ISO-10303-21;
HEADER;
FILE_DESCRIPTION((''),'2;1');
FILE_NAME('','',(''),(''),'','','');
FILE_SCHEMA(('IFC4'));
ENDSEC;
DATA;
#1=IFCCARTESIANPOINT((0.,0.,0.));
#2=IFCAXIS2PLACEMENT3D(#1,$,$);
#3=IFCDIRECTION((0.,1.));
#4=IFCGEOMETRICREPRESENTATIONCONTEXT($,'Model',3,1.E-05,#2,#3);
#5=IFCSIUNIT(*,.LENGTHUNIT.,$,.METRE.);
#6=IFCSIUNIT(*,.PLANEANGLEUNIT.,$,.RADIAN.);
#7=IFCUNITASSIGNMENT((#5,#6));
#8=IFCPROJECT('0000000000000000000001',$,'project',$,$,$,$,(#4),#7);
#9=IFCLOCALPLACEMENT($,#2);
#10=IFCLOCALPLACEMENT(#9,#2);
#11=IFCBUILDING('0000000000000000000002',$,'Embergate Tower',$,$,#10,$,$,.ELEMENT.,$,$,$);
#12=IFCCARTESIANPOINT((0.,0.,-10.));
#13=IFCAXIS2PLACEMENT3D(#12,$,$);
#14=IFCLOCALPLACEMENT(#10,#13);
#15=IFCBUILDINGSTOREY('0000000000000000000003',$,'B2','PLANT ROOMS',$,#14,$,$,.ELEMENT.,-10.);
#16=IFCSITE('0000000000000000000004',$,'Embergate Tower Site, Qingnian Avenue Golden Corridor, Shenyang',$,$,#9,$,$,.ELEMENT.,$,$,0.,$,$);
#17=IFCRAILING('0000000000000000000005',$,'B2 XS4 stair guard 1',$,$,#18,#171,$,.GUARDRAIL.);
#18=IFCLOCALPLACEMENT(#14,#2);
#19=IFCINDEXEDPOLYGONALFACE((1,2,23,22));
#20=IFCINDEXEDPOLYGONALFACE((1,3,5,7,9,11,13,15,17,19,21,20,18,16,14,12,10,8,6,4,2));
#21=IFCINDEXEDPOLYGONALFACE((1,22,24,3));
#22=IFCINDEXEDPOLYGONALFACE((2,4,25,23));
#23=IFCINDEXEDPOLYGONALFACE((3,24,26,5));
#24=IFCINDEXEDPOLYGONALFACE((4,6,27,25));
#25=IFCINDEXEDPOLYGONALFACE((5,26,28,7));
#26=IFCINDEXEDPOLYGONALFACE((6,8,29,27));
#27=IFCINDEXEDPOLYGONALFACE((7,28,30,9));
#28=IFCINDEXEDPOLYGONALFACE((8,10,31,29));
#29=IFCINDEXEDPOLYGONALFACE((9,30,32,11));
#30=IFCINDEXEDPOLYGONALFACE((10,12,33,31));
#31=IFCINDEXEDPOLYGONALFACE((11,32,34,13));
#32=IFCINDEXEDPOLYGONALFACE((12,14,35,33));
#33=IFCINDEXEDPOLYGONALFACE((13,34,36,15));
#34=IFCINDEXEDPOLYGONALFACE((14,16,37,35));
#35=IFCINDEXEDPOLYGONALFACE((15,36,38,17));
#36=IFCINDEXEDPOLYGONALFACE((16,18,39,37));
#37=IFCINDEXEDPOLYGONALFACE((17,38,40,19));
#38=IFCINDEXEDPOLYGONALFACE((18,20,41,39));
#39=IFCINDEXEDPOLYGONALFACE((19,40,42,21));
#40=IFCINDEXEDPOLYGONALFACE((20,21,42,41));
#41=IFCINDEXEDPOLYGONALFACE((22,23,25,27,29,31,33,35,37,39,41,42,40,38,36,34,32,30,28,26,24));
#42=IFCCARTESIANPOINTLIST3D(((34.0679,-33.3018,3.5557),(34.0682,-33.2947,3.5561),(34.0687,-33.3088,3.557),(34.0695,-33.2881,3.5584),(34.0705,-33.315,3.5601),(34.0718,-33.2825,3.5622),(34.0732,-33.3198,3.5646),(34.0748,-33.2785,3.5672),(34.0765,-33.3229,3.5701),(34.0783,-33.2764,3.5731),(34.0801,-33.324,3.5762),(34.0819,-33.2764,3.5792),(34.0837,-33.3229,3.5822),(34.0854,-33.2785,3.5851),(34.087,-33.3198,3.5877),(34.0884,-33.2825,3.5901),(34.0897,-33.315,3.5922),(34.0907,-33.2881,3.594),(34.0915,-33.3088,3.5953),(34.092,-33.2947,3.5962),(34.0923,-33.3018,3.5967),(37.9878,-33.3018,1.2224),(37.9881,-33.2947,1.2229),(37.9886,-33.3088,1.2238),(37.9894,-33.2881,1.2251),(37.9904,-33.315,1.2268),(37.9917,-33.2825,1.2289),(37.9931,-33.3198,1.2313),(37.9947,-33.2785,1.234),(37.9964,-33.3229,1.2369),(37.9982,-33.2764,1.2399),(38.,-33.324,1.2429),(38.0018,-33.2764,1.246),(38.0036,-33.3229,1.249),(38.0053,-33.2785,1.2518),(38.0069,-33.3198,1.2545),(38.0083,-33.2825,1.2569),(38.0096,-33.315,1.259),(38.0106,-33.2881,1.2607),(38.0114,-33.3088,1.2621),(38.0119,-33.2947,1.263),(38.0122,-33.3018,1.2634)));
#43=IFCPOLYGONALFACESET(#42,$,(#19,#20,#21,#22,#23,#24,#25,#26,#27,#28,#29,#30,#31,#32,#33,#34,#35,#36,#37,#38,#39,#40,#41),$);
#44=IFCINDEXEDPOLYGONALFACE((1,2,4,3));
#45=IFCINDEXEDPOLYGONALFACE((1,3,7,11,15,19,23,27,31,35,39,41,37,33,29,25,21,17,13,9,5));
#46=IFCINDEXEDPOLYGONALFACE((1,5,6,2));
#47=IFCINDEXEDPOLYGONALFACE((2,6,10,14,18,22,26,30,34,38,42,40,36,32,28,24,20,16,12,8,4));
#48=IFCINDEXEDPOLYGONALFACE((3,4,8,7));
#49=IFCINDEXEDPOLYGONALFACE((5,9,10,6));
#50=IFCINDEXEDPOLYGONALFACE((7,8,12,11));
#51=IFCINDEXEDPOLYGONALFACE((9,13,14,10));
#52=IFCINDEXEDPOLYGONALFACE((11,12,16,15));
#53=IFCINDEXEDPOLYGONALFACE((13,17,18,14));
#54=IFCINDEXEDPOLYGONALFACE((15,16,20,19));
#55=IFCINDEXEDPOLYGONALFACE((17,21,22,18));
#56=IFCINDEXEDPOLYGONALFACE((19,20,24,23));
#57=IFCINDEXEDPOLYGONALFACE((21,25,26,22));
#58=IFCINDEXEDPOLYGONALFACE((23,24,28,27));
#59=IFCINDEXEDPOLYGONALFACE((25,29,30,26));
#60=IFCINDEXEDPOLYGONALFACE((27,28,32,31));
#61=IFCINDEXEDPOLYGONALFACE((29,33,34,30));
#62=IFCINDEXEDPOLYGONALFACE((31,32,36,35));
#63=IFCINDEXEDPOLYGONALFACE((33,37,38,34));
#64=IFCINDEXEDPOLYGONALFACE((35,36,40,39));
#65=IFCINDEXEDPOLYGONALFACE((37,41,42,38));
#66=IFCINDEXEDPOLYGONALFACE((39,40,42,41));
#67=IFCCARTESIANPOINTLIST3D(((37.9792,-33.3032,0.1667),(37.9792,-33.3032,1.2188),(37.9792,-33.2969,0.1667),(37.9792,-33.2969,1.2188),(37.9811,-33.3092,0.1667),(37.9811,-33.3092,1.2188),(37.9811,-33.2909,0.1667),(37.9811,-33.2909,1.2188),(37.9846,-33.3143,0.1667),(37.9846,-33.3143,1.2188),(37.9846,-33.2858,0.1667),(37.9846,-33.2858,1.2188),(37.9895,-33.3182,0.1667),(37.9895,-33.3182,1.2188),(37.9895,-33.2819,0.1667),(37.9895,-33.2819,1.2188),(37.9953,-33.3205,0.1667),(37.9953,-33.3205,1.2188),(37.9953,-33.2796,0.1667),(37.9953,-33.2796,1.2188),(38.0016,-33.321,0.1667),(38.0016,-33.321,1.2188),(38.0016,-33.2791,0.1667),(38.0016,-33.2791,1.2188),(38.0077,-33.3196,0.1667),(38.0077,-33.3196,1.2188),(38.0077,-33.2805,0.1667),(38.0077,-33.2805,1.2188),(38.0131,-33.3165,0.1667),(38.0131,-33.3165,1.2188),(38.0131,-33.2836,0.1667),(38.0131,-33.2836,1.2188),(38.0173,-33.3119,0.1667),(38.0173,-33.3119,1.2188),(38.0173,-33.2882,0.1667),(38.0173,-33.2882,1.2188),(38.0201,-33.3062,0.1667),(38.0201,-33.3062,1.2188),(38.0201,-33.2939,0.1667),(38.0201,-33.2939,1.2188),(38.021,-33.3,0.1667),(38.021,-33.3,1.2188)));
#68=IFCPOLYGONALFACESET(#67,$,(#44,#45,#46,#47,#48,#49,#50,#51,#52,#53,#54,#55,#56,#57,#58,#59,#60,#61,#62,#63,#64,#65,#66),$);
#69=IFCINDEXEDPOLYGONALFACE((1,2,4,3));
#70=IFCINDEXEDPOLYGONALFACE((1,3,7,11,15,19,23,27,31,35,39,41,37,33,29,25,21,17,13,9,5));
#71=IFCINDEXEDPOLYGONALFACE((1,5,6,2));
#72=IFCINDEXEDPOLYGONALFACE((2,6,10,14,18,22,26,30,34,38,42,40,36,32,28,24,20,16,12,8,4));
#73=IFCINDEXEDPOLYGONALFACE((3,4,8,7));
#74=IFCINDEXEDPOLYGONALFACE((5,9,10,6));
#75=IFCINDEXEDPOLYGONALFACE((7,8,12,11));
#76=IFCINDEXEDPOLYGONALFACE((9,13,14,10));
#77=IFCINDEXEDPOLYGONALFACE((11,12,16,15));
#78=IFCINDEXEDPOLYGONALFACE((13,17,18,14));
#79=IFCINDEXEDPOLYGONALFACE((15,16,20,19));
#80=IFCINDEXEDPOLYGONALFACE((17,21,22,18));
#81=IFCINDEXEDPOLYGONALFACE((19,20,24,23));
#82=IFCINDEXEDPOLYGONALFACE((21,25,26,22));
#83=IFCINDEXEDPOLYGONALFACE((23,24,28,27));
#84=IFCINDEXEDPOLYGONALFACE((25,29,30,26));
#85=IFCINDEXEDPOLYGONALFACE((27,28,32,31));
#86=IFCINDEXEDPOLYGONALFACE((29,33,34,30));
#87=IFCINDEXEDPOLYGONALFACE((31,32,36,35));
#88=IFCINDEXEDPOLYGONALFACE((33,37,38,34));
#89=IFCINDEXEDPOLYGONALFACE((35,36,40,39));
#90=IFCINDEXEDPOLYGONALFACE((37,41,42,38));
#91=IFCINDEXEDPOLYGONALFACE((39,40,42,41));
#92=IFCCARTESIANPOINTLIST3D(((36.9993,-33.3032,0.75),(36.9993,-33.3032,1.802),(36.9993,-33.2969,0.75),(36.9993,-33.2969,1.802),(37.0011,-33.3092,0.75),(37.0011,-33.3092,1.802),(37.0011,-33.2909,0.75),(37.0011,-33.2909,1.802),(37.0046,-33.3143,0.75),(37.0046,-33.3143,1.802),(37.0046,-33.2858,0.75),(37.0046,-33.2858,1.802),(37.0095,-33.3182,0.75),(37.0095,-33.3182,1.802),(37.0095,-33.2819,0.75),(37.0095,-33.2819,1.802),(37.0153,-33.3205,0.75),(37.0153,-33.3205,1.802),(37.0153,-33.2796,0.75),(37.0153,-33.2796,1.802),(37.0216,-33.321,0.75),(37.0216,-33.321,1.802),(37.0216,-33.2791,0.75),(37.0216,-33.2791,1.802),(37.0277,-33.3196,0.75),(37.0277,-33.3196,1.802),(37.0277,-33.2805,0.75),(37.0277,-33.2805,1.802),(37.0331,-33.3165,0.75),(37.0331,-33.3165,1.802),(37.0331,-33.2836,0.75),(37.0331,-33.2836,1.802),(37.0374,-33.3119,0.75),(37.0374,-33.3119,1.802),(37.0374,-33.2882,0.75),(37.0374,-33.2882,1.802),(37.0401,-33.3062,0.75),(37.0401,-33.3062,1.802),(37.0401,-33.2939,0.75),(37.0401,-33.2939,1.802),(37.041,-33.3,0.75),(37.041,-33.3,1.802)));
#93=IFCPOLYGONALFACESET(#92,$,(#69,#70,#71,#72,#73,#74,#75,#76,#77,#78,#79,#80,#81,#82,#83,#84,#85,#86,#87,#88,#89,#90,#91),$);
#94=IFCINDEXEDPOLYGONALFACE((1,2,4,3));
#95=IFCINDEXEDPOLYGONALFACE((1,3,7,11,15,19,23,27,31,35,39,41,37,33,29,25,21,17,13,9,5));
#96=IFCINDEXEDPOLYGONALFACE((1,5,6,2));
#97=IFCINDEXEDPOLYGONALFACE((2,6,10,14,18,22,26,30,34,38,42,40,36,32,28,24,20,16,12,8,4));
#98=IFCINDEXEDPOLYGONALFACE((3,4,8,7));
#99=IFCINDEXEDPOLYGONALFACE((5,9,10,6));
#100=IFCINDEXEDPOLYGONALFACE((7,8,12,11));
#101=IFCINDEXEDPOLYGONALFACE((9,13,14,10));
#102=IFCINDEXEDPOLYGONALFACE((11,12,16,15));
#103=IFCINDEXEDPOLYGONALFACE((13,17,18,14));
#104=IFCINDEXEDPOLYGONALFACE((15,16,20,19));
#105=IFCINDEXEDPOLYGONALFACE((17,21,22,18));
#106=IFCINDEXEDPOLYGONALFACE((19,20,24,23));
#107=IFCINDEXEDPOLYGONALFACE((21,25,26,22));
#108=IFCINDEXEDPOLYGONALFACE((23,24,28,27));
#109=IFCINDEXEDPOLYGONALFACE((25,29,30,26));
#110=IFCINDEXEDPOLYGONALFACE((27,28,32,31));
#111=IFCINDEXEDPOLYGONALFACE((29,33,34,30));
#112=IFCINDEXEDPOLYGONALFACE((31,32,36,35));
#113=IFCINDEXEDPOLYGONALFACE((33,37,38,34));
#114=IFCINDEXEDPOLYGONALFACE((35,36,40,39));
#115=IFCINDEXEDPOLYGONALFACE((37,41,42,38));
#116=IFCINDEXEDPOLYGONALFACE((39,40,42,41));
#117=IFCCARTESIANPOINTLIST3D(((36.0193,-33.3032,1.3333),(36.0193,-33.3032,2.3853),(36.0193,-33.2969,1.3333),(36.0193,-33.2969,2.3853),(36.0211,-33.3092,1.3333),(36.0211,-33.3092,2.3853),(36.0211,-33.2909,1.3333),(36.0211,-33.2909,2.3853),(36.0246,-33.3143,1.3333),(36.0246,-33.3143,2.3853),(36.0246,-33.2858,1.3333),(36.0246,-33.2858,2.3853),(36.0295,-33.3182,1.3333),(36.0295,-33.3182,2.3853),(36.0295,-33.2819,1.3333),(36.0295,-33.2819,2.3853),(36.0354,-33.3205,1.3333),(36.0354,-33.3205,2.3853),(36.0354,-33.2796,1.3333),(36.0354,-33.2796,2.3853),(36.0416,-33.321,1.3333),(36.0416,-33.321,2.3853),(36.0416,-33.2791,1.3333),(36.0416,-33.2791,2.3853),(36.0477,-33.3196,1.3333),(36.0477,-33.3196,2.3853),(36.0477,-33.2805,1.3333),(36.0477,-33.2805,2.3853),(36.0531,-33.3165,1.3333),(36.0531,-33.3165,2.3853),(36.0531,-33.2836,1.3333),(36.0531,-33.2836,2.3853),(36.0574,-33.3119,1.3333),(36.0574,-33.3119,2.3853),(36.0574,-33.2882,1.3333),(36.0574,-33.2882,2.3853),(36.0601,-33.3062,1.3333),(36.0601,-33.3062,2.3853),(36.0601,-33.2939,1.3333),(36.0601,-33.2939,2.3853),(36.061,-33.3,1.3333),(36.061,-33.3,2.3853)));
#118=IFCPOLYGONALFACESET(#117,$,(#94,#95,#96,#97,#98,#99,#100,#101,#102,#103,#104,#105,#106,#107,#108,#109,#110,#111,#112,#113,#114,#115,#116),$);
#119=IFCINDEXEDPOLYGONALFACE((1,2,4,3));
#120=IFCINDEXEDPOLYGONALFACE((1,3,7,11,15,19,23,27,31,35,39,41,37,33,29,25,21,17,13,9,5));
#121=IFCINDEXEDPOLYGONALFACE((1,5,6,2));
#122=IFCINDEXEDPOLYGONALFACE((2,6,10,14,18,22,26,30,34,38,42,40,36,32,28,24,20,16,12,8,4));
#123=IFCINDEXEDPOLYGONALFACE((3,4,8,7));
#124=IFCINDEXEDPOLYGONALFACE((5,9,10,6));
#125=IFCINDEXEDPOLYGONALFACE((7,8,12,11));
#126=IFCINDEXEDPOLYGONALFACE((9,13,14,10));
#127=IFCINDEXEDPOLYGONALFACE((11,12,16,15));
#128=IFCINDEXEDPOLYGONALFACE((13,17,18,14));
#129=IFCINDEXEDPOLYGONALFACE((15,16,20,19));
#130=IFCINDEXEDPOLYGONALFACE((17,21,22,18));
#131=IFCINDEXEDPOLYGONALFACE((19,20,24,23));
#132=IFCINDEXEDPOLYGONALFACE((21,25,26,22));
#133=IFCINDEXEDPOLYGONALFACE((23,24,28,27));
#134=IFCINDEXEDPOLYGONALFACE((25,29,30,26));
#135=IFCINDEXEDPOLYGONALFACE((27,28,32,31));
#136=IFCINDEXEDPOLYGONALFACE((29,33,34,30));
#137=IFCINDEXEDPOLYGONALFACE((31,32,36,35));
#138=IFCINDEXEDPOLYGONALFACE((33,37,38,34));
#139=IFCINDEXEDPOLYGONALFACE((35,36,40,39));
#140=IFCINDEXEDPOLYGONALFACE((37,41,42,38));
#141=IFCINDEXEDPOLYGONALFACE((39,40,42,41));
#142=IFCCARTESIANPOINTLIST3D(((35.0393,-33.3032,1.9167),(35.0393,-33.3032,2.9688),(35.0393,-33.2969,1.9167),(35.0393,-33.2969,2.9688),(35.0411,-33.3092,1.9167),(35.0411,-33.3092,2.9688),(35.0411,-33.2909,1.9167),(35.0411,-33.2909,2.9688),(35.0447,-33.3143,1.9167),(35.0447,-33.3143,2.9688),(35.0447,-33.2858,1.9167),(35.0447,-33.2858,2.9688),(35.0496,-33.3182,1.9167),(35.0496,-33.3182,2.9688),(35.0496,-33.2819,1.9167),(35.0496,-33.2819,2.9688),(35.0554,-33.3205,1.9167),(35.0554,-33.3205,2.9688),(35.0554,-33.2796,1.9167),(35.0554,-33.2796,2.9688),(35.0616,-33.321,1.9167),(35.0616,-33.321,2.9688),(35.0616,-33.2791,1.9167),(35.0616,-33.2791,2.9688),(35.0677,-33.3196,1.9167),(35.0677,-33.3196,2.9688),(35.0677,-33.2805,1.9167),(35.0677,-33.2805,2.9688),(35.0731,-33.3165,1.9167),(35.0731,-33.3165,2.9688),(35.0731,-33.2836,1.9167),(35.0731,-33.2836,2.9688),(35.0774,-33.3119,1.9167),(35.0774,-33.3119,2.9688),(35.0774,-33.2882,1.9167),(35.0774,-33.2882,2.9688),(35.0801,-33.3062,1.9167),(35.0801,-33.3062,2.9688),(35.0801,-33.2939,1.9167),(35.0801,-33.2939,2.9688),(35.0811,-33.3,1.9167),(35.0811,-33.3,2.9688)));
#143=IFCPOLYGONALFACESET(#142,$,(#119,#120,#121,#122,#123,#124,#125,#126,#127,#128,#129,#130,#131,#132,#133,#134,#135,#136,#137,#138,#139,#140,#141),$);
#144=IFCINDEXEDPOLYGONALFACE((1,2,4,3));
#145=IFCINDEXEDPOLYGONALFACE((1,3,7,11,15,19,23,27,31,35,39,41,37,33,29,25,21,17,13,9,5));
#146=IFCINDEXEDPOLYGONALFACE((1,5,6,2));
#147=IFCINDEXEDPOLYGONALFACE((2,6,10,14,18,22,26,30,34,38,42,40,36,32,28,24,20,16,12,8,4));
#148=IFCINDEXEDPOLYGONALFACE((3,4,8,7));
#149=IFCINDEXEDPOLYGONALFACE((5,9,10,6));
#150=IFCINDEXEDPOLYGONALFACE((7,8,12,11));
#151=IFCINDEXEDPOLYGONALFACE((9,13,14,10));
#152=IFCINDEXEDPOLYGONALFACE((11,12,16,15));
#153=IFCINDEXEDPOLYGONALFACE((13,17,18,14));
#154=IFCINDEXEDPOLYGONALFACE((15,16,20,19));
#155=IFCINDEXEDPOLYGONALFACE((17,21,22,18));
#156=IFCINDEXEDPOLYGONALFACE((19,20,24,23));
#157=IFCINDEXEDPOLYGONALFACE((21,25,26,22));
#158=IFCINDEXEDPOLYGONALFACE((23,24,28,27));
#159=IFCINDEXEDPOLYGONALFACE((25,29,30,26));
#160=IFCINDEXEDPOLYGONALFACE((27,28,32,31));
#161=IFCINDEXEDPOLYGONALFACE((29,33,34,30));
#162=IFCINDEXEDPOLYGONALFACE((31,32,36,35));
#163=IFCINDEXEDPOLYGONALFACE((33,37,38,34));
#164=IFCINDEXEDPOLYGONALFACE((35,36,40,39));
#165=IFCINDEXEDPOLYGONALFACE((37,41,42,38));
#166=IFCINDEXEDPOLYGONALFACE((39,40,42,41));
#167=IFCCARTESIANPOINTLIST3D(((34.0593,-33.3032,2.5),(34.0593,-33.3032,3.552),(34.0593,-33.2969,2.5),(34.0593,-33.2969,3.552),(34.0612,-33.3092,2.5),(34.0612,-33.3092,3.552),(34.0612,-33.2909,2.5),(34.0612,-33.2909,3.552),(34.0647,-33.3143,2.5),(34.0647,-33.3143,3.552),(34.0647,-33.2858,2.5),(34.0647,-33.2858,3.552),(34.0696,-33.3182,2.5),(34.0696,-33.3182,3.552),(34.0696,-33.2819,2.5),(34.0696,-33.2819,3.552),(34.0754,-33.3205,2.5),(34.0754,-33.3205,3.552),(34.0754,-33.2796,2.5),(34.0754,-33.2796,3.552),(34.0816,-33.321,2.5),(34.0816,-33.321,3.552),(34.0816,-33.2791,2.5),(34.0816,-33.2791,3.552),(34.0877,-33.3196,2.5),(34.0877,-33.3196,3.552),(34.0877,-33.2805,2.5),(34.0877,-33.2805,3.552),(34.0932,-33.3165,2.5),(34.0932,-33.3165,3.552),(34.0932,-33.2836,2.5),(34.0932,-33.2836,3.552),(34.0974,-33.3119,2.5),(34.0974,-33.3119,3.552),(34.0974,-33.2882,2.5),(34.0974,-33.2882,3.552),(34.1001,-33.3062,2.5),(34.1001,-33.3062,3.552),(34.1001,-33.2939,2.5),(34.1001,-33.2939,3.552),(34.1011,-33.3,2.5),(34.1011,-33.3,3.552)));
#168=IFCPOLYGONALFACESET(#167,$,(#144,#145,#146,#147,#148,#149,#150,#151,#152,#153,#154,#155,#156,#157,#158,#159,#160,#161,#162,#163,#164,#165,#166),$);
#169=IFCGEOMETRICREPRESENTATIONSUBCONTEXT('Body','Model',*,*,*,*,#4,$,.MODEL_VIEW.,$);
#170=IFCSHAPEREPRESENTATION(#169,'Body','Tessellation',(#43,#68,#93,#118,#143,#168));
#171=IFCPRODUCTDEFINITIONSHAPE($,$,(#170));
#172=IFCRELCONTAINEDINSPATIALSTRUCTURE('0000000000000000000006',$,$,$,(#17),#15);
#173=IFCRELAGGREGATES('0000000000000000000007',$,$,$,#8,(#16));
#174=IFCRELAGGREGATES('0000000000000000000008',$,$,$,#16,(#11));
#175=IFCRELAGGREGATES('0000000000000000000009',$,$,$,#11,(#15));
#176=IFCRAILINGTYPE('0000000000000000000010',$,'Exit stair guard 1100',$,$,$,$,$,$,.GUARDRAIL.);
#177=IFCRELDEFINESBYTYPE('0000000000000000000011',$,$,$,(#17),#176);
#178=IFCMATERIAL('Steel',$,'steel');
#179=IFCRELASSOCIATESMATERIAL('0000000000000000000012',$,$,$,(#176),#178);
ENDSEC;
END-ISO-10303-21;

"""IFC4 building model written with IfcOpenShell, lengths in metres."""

from ifc_helpers import new_model, si_unit, direction, frame, origin, origin_2d, place, context, subcontext, project, spatial, circle, extrude, source, transform, mapped, material, type_object, element, save


model = new_model("IFC4")

# Units and contexts
model_context = context("Model", 3, precision=1e-05, world=origin(), true_north=direction((0.0, 1.0)))
body_context = subcontext(model_context, "Body", "Model", "MODEL_VIEW")
ifc_project = project(units=[si_unit("LENGTHUNIT", "METRE"), si_unit("PLANEANGLEUNIT", "RADIAN")], contexts=[model_context])

# Site, building, storey
site_placement = place(None, origin())
site = spatial("IfcSite", under=ifc_project, at=site_placement, Name="Embergate Tower Site, Qingnian Avenue Golden Corridor, Shenyang", CompositionType="ELEMENT", RefElevation=0.0)
building_placement = place(site_placement, origin())
building = spatial("IfcBuilding", under=site, at=building_placement, Name="Embergate Tower", CompositionType="ELEMENT")
storey_placement = place(building_placement, frame((0.0, 0.0, -10.0)))
storey = spatial("IfcBuildingStorey", under=building, at=storey_placement, Name="B2", Description="PLANT ROOMS", CompositionType="ELEMENT", Elevation=-10.0)

# Railing
ifc_material_1 = material(Name="Steel", Category="steel")
railing_type_1 = type_object("IfcRailingType", Name="Exit stair guard 1100", PredefinedType="GUARDRAIL", material=ifc_material_1)
shared_shape_1 = source(origin(), body_context, "Body", "SweptSolid", [
    extrude(circle(Radius=0.0239, at=origin_2d()), frame((0.0, 0.0, 1.0762), z_axis=(-0.859296, 0.0, 0.511478), x_axis=(0.0, -1.0, 0.0)), (0.0, 0.0, 1.0), 4.5618),
    extrude(circle(Radius=0.021, at=origin_2d()), origin(), (0.0, 0.0, 1.0), 1.052),
    extrude(circle(Radius=0.021, at=origin_2d()), frame((-0.98, 0.0, 0.5833)), (0.0, 0.0, 1.0), 1.052),
    extrude(circle(Radius=0.021, at=origin_2d()), frame((-1.96, 0.0, 1.1665)), (0.0, 0.0, 1.0), 1.052),
    extrude(circle(Radius=0.021, at=origin_2d()), frame((-2.9399, 0.0, 1.75)), (0.0, 0.0, 1.0), 1.052),
    extrude(circle(Radius=0.021, at=origin_2d()), frame((-3.9199, 0.0, 2.3333)), (0.0, 0.0, 1.0), 1.052),
])
railing_1_placement = place(storey_placement, frame((38.0, -33.3, 0.1667)))
element("IfcRailing", 1, at=railing_1_placement, inside=storey, type_object=railing_type_1, Name="B2 XS4 stair guard 1", PredefinedType="GUARDRAIL", context=body_context, shape_type="MappedRepresentation", body=[
    mapped(shared_shape_1, transform((0.0, 0.0, 0.0))),
])

save(model, "model.ifc")
